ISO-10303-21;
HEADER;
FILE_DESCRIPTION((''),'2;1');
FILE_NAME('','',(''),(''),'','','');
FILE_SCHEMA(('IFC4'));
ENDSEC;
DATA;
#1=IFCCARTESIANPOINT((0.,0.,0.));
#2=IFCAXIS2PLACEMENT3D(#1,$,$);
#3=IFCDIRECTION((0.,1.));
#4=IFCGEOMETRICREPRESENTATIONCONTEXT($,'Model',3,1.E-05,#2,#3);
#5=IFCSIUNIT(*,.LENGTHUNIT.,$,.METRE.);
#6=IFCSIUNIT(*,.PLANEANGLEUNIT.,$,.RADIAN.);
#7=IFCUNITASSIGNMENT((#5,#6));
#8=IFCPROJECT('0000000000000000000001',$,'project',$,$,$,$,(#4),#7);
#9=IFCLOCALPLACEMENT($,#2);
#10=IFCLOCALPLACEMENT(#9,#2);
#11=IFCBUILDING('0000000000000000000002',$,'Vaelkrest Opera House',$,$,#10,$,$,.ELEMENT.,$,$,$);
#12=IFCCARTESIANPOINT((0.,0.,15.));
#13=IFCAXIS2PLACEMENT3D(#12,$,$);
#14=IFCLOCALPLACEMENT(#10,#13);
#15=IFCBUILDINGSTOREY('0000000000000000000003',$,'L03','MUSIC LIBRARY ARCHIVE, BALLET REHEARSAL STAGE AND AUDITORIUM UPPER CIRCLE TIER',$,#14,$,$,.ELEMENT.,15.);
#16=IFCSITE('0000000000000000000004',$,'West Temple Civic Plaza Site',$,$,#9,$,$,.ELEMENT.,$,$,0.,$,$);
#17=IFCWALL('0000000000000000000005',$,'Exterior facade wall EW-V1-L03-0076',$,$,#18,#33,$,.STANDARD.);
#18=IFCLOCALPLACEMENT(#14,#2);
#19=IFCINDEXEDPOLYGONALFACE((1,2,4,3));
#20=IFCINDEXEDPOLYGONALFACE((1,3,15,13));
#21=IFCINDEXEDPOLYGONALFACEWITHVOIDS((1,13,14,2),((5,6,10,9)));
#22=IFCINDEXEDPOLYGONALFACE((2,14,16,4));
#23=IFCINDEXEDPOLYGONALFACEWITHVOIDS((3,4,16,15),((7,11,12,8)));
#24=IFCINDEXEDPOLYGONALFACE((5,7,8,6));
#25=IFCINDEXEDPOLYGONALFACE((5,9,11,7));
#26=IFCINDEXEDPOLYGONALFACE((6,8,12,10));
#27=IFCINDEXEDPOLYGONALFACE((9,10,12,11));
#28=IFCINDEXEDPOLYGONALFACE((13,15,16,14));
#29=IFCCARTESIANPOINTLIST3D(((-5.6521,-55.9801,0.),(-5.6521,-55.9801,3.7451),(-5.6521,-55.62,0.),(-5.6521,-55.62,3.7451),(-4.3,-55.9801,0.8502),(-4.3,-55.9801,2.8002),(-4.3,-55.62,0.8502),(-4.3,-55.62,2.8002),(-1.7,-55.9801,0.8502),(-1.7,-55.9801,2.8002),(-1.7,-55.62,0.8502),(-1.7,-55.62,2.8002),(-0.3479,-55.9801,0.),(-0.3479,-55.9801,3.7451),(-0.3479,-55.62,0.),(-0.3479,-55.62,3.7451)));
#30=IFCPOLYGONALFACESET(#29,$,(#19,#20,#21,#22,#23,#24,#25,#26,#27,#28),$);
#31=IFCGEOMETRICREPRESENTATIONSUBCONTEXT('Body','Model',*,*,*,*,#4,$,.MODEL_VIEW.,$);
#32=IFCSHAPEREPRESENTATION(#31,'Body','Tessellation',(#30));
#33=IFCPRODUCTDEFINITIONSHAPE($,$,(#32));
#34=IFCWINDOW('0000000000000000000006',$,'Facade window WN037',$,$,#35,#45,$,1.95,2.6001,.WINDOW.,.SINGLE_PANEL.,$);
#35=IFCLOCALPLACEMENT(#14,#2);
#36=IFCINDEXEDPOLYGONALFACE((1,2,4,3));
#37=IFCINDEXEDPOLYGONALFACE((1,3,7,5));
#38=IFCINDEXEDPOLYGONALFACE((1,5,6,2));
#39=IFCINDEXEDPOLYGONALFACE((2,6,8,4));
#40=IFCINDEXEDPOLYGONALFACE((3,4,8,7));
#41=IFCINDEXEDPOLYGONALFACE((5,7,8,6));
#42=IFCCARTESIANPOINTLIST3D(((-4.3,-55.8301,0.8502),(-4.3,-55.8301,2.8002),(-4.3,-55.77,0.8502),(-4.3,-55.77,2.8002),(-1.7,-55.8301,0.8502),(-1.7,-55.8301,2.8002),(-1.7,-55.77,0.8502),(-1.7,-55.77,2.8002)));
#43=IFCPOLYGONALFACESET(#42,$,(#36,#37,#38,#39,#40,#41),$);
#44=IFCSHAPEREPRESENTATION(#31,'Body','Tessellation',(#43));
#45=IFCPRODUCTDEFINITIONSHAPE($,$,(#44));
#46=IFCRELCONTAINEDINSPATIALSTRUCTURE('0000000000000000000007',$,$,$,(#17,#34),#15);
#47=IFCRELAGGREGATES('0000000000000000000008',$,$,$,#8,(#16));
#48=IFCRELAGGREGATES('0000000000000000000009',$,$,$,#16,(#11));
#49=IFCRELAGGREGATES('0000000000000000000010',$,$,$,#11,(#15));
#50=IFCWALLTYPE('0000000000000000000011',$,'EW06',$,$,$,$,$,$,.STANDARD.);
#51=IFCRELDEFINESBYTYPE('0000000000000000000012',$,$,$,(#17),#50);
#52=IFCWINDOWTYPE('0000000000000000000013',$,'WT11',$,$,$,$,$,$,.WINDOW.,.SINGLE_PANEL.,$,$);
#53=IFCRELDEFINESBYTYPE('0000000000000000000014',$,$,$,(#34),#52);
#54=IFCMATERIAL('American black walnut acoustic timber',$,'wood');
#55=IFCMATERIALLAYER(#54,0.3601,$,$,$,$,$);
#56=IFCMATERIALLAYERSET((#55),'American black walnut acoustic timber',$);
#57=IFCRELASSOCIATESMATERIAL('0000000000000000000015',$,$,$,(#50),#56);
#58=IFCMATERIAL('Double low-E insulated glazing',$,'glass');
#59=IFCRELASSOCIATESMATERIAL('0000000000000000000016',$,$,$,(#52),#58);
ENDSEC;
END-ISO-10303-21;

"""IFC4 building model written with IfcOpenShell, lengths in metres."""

from ifc_helpers import new_model, si_unit, direction, frame, frame_2d, origin, place, context, subcontext, project, spatial, rectangle, extrude, material, layer, layer_set, type_object, element, fill, save


model = new_model("IFC4")

# Units and contexts
model_context = context("Model", 3, precision=1e-05, world=origin(), true_north=direction((0.0, 1.0)))
body_context = subcontext(model_context, "Body", "Model", "MODEL_VIEW")
ifc_project = project(units=[si_unit("LENGTHUNIT", "METRE"), si_unit("PLANEANGLEUNIT", "RADIAN")], contexts=[model_context])

# Site, building, storey
site_placement = place(None, origin())
site = spatial("IfcSite", under=ifc_project, at=site_placement, Name="West Temple Civic Plaza Site", CompositionType="ELEMENT", RefElevation=0.0)
building_placement = place(site_placement, origin())
building = spatial("IfcBuilding", under=site, at=building_placement, Name="Vaelkrest Opera House", CompositionType="ELEMENT")
storey_placement = place(building_placement, frame((0.0, 0.0, 15.0)))
storey = spatial("IfcBuildingStorey", under=building, at=storey_placement, Name="L03", Description="MUSIC LIBRARY ARCHIVE, BALLET REHEARSAL STAGE AND AUDITORIUM UPPER CIRCLE TIER", CompositionType="ELEMENT", Elevation=15.0)

# Wall, opening, window
ifc_material_1 = material(Name="American black walnut acoustic timber", Category="wood")
ifc_layer_1 = layer(ifc_material_1, 0.3601)
ifc_layer_set_1 = layer_set([ifc_layer_1], Name="American black walnut acoustic timber")
wall_type = type_object("IfcWallType", Name="EW06", PredefinedType="STANDARD", material=ifc_layer_set_1)
wall_placement = place(storey_placement, frame((-0.3479, -55.8, 0.0), z_axis=(0.0, 0.0, 1.0), x_axis=(-1.0, 0.0, 0.0)))
wall = element("IfcWall", 1, at=wall_placement, inside=storey, type_object=wall_type, Name="Exterior facade wall EW-V1-L03-0076", PredefinedType="STANDARD", context=body_context, shape_type="SweptSolid", body=[
    extrude(rectangle(XDim=5.3042, YDim=0.3601, at=frame_2d((2.6521, 0.0))), origin(), (0.0, 0.0, 1.0), 3.7451),
])
opening_placement = place(wall_placement, frame((1.3521, 0.0, 0.8501)))
opening = element("IfcOpeningElement", 2, at=opening_placement, cuts=wall, PredefinedType="OPENING", context=body_context, shape_type="SweptSolid", body=[
    extrude(rectangle(XDim=2.6001, YDim=1.95, at=frame_2d((1.3, 0.9751))), frame((0.0, 0.1899, 0.0), z_axis=(0.0, -1.0, 0.0), x_axis=(1.0, 0.0, 0.0)), (0.0, 0.0, 1.0), 0.3801),
])
ifc_material_2 = material(Name="Double low-E insulated glazing", Category="glass")
window_type = type_object("IfcWindowType", Name="WT11", PartitioningType="SINGLE_PANEL", PredefinedType="WINDOW", material=ifc_material_2)
window_placement = place(opening_placement, origin())
window = element("IfcWindow", 3, at=window_placement, inside=storey, type_object=window_type, Name="Facade window WN037", OverallHeight=1.95, OverallWidth=2.6001, PartitioningType="SINGLE_PANEL", PredefinedType="WINDOW", context=body_context, shape_type="SweptSolid", body=[
    extrude(rectangle(XDim=2.6001, YDim=1.95, at=frame_2d((1.3, 0.9751))), frame((0.0, 0.03, 0.0), z_axis=(0.0, -1.0, 0.0), x_axis=(1.0, 0.0, 0.0)), (0.0, 0.0, 1.0), 0.0601),
])
fill(opening, window)

save(model, "model.ifc")
